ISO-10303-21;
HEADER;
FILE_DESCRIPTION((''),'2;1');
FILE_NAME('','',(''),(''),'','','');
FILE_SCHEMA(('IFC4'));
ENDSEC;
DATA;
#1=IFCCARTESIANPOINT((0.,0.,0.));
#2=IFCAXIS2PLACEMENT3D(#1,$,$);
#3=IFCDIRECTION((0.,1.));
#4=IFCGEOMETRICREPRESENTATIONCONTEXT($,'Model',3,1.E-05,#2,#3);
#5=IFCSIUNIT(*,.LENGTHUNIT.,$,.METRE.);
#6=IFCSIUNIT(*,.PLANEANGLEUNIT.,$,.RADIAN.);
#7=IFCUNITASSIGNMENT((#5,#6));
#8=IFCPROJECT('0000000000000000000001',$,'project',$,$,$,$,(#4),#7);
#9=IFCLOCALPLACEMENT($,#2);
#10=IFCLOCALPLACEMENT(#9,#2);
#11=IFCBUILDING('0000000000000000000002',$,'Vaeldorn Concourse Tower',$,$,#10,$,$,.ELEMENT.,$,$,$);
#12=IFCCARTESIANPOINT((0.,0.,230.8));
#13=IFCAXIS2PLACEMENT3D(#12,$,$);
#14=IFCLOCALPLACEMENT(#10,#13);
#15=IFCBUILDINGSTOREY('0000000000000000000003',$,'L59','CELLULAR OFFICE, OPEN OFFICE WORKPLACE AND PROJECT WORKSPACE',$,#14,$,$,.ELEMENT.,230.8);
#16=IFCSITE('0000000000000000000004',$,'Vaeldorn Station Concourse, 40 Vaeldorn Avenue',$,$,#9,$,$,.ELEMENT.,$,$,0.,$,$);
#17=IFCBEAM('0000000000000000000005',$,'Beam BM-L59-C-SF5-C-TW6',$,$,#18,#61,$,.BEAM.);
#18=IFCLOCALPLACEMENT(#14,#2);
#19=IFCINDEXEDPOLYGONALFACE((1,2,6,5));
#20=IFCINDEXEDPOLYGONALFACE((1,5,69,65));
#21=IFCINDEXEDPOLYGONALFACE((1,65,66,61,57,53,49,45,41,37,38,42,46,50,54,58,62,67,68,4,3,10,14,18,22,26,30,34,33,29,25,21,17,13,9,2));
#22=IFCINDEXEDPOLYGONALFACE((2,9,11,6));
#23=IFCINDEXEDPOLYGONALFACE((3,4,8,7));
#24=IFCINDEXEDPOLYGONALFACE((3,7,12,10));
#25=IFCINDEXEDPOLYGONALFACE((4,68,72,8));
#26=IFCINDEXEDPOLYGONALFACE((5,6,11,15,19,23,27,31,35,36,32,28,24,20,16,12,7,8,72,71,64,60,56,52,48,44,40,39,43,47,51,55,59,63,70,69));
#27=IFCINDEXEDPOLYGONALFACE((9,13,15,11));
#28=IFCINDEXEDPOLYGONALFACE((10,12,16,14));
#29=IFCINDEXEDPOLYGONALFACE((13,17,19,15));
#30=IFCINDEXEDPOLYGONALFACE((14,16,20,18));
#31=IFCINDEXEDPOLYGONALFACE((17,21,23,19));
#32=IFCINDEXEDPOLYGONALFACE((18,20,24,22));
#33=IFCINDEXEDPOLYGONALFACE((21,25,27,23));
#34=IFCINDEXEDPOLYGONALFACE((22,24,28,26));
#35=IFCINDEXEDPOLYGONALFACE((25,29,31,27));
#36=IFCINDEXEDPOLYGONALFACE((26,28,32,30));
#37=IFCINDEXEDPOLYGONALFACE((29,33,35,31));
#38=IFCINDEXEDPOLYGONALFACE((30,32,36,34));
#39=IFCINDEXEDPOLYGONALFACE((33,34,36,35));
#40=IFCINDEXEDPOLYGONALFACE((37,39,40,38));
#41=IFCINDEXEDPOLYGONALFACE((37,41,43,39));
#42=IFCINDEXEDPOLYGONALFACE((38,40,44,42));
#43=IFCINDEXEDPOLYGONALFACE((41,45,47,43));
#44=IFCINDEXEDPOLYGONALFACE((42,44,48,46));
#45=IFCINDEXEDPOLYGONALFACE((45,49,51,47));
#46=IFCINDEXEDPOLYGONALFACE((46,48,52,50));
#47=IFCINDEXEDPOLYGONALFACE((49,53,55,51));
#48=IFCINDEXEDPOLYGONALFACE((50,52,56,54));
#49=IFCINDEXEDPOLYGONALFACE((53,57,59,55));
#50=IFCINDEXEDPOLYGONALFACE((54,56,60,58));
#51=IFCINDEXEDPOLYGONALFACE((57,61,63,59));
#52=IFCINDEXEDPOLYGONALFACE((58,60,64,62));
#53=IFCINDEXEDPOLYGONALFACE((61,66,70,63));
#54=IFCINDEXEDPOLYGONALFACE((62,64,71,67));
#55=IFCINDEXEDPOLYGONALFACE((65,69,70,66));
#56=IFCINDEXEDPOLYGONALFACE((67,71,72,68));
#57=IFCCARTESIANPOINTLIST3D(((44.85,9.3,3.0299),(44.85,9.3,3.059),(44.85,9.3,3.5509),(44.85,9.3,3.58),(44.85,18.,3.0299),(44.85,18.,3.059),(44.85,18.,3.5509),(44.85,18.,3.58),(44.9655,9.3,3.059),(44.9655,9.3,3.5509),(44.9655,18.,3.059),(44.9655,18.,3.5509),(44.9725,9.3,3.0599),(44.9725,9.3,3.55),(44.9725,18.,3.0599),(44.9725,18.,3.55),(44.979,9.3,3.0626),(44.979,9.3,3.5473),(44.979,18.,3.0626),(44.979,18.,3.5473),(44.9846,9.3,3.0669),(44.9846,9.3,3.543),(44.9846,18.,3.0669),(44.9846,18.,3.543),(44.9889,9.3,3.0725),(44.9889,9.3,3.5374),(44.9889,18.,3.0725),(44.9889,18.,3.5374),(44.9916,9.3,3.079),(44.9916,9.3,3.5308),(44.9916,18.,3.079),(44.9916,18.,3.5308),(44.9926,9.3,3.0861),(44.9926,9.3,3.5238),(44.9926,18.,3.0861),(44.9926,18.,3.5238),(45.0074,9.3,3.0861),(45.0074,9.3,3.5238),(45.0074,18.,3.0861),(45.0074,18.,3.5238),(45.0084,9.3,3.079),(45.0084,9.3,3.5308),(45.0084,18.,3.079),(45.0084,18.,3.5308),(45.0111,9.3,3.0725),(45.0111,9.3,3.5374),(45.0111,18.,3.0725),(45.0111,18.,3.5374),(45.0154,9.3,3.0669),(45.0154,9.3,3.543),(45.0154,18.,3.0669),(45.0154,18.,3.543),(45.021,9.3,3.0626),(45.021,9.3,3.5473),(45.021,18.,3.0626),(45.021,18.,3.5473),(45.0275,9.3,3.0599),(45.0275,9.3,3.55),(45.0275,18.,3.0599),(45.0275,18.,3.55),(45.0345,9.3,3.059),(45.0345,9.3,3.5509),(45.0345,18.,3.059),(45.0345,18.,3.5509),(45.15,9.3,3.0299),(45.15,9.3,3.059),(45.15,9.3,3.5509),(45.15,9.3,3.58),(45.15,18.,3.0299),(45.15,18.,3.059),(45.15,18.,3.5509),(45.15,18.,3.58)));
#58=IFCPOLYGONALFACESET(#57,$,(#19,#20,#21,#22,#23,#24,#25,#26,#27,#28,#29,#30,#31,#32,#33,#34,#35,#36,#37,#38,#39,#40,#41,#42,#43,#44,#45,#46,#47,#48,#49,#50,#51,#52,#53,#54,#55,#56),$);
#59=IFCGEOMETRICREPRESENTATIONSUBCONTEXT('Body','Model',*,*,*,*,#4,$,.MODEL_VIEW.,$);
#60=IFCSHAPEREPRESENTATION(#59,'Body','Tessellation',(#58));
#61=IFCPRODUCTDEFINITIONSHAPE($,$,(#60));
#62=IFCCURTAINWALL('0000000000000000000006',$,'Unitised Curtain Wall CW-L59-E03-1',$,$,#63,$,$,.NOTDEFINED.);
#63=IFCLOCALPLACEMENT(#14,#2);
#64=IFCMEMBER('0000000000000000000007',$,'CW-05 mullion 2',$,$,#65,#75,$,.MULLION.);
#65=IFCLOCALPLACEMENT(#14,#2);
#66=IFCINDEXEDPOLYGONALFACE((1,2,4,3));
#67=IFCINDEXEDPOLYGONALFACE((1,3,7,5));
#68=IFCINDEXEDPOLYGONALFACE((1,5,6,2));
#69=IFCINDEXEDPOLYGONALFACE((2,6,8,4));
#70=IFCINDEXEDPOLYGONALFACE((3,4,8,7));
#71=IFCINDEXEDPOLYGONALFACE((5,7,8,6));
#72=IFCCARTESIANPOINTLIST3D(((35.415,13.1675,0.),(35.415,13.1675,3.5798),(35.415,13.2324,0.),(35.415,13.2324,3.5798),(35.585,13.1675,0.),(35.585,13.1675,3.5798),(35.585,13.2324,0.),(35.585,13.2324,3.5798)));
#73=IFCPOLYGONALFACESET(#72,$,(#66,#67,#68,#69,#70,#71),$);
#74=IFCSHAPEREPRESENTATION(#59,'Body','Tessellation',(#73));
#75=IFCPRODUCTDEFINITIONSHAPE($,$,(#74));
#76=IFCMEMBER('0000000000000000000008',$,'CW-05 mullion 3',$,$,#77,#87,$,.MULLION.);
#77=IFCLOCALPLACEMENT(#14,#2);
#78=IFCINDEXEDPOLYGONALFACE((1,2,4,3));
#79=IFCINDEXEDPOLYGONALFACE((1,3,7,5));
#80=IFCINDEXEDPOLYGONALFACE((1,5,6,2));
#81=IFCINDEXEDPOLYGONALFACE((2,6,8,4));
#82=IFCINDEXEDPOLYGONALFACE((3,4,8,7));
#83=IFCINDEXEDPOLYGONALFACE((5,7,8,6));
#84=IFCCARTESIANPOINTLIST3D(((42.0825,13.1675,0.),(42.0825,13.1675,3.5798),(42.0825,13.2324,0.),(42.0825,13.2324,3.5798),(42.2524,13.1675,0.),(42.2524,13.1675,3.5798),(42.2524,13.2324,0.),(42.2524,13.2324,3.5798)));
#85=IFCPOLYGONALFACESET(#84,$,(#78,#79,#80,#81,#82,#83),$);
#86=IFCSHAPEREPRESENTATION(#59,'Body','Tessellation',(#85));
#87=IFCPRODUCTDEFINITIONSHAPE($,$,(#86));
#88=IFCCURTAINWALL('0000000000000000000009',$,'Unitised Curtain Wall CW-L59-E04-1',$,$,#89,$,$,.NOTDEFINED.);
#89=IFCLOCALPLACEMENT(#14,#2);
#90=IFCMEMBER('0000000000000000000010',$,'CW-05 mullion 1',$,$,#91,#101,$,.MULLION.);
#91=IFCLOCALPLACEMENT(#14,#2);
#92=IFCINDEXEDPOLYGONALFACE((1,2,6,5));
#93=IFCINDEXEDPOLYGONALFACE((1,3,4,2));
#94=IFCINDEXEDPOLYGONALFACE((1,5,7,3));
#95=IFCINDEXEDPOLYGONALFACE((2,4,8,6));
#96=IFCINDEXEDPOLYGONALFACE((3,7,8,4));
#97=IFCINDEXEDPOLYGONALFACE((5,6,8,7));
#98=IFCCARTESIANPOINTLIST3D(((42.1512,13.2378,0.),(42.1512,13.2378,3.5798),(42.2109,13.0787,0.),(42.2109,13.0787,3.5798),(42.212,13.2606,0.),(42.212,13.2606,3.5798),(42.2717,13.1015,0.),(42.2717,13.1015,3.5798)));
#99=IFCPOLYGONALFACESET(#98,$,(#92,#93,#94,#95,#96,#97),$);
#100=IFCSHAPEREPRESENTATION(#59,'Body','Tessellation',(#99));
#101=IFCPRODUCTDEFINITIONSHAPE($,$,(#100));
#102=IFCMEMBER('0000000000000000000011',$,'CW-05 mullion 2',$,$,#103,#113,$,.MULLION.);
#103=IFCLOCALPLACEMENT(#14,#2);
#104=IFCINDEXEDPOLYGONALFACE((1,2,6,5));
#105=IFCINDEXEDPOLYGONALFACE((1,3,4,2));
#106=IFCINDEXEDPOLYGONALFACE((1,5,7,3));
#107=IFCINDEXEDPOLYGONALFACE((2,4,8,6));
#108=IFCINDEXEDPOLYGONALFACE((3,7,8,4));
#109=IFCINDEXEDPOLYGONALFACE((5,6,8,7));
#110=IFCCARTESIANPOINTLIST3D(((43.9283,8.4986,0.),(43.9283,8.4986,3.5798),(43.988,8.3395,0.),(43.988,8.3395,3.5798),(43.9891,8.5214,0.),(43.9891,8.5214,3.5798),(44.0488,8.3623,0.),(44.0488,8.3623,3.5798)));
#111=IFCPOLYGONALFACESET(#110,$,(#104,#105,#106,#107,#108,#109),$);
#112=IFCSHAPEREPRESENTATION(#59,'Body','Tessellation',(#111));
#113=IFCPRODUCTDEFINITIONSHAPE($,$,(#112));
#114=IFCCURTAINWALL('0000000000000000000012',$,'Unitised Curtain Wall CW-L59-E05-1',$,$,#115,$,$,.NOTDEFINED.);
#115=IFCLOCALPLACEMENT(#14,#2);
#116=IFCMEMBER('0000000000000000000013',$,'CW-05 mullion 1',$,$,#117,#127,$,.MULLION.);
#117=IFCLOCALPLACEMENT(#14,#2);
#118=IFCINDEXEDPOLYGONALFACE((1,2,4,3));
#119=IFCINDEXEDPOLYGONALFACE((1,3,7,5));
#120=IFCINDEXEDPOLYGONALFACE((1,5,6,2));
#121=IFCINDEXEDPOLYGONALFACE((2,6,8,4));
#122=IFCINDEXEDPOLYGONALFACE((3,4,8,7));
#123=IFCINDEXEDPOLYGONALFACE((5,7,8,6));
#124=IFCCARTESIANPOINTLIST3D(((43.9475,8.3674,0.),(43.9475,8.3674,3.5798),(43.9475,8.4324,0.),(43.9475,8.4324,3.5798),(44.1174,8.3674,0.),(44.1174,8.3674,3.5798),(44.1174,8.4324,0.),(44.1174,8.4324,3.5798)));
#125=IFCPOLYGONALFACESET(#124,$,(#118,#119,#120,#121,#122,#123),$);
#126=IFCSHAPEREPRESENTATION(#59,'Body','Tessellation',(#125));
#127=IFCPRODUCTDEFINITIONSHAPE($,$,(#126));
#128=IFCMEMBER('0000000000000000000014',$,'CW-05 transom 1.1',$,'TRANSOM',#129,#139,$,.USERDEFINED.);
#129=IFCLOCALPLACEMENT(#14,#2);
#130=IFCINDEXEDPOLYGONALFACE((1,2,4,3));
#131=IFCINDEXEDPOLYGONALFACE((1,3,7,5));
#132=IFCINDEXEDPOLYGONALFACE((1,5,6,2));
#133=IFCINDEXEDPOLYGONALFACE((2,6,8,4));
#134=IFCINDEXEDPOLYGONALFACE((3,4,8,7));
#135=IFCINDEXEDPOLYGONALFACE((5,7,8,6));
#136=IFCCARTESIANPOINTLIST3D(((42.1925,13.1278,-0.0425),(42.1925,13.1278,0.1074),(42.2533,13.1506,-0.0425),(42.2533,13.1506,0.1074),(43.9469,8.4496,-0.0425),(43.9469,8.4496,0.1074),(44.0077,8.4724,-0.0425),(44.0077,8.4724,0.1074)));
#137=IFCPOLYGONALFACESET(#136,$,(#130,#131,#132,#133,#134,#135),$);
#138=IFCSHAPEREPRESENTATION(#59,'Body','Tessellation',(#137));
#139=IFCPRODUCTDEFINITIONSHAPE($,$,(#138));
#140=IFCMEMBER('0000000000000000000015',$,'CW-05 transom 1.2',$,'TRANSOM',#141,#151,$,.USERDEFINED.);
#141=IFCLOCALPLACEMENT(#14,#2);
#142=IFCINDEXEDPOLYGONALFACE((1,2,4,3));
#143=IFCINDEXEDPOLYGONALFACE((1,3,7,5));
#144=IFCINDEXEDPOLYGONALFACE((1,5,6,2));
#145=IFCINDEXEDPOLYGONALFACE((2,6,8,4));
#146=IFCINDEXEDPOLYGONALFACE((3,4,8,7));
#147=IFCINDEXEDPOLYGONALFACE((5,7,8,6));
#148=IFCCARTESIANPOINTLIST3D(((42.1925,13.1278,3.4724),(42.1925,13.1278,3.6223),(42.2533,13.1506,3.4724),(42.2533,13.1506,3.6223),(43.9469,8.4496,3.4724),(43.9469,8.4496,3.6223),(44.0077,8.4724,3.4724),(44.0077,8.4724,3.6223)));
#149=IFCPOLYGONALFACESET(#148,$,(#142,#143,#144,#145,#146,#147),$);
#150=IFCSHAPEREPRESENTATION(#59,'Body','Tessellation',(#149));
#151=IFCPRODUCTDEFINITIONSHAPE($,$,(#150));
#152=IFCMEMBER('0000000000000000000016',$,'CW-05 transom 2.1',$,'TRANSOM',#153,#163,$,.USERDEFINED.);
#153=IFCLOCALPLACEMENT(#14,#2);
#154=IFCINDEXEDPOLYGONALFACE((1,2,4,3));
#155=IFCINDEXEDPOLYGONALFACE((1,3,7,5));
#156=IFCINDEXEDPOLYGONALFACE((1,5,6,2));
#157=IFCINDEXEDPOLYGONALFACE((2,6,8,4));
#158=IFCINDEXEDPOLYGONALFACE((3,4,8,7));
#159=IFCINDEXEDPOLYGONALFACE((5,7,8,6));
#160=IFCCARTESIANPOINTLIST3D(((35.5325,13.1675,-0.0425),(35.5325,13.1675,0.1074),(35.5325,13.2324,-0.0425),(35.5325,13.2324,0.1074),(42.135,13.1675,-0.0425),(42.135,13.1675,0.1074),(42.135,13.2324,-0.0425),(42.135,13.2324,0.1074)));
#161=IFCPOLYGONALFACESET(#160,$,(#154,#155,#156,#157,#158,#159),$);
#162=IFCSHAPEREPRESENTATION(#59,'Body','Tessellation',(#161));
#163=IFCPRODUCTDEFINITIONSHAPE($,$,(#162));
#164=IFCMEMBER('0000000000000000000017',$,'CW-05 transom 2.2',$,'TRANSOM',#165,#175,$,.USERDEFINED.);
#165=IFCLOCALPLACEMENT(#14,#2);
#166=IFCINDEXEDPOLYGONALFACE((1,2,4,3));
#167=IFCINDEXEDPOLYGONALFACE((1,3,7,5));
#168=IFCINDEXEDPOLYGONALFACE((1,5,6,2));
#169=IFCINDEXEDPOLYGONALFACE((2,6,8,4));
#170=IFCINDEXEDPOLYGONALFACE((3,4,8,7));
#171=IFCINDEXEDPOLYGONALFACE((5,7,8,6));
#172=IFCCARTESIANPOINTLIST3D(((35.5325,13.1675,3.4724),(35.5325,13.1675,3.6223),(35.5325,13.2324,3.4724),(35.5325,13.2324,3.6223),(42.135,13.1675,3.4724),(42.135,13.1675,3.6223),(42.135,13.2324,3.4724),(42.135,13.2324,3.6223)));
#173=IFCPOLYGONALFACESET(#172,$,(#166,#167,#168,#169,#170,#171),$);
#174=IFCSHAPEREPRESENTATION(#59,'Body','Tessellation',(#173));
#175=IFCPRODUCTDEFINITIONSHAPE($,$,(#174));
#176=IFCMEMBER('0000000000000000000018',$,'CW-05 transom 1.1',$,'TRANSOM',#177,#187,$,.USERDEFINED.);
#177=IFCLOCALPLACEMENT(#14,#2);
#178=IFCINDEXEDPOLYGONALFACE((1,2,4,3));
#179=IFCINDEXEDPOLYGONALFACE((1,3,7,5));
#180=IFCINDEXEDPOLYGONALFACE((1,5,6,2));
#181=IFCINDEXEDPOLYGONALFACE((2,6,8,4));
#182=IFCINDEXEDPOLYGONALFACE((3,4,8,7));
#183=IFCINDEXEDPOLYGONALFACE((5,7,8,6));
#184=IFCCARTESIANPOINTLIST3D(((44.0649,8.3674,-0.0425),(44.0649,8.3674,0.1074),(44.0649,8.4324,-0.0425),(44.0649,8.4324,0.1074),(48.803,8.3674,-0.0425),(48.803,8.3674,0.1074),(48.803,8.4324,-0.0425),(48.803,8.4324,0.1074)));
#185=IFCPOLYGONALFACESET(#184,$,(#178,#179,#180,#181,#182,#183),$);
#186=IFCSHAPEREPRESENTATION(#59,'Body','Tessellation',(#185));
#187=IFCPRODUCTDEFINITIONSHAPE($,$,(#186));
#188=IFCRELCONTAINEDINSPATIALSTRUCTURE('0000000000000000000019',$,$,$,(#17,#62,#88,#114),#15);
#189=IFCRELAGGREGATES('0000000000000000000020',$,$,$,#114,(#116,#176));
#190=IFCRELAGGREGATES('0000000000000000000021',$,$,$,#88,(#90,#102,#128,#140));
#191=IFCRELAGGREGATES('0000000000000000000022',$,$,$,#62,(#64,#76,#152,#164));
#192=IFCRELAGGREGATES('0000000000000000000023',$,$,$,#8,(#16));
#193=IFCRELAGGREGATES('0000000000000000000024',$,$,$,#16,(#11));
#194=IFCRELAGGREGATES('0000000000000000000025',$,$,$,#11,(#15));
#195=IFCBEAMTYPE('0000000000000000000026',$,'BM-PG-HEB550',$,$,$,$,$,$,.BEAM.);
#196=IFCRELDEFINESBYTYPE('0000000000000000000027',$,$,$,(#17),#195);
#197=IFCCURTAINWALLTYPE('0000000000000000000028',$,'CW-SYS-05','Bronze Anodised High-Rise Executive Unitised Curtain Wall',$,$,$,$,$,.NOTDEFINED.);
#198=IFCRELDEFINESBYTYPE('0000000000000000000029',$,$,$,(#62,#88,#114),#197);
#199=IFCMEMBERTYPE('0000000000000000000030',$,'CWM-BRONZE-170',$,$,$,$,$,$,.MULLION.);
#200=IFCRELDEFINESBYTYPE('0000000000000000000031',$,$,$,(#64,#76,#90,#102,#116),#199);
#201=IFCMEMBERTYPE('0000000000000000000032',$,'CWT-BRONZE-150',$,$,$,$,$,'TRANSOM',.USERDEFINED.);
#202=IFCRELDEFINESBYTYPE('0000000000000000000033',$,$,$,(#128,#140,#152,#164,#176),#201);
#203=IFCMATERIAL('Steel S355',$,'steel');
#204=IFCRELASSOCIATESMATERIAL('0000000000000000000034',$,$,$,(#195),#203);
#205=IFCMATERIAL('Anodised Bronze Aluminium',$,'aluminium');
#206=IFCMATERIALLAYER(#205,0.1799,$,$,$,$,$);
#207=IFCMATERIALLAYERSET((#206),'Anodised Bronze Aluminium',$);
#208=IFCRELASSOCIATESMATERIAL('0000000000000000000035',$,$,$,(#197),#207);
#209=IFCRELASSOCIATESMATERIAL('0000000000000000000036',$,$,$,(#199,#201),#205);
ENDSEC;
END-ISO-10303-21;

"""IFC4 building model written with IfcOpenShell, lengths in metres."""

from ifc_helpers import new_model, si_unit, direction, frame, origin, origin_2d, place, context, subcontext, project, spatial, rectangle, i_section, extrude, source, transform, mapped, material, layer, layer_set, material_profile, profile_set, type_object, element, aggregate, save


model = new_model("IFC4")

# Units and contexts
model_context = context("Model", 3, precision=1e-05, world=origin(), true_north=direction((0.0, 1.0)))
body_context = subcontext(model_context, "Body", "Model", "MODEL_VIEW")
ifc_project = project(units=[si_unit("LENGTHUNIT", "METRE"), si_unit("PLANEANGLEUNIT", "RADIAN")], contexts=[model_context])

# Site, building, storey
site_placement = place(None, origin())
site = spatial("IfcSite", under=ifc_project, at=site_placement, Name="Vaeldorn Station Concourse, 40 Vaeldorn Avenue", CompositionType="ELEMENT", RefElevation=0.0)
building_placement = place(site_placement, origin())
building = spatial("IfcBuilding", under=site, at=building_placement, Name="Vaeldorn Concourse Tower", CompositionType="ELEMENT")
storey_placement = place(building_placement, frame((0.0, 0.0, 230.8)))
storey = spatial("IfcBuildingStorey", under=building, at=storey_placement, Name="L59", Description="CELLULAR OFFICE, OPEN OFFICE WORKPLACE AND PROJECT WORKSPACE", CompositionType="ELEMENT", Elevation=230.8)

# Shared definitions
ifc_material_1 = material(Name="Steel S355", Category="steel")

# Beam
ifc_material_profile_1 = material_profile(ifc_material_1, i_section(OverallWidth=0.3, OverallDepth=0.55, WebThickness=0.0149, FlangeThickness=0.0291, FilletRadius=0.0271, at=origin_2d()), Name="HEB 550")
ifc_profile_set_1 = profile_set([ifc_material_profile_1], Name="Steel S355")
beam_type_1 = type_object("IfcBeamType", Name="BM-PG-HEB550", PredefinedType="BEAM", material=ifc_profile_set_1)
shared_shape_1 = source(origin(), body_context, "Body", "SweptSolid", [
    extrude(i_section(OverallWidth=0.3, OverallDepth=0.55, WebThickness=0.0149, FlangeThickness=0.0291, FilletRadius=0.0271, at=origin_2d()), origin(), (0.0, 0.0, 1.0), 8.7),
])
beam_1_placement = place(storey_placement, frame((45.0, 9.3, 3.3049), z_axis=(0.0, 1.0, 0.0), x_axis=(-1.0, 0.0, 0.0)))
element("IfcBeam", 1, at=beam_1_placement, inside=storey, type_object=beam_type_1, Name="Beam BM-L59-C-SF5-C-TW6", PredefinedType="BEAM", context=body_context, shape_type="MappedRepresentation", body=[
    mapped(shared_shape_1, transform((0.0, 0.0, 0.0), scale=1.0)),
])

# Curtain walls, members
ifc_material_2 = material(Name="Anodised Bronze Aluminium", Category="aluminium")
ifc_layer_1 = layer(ifc_material_2, 0.1799)
ifc_layer_set_1 = layer_set([ifc_layer_1], Name="Anodised Bronze Aluminium")
curtain_wall_type = type_object("IfcCurtainWallType", Name="CW-SYS-05", Description="Bronze Anodised High-Rise Executive Unitised Curtain Wall", PredefinedType="NOTDEFINED", material=ifc_layer_set_1)
curtain_wall_1_placement = place(storey_placement, origin())
curtain_wall_1 = element("IfcCurtainWall", 2, at=curtain_wall_1_placement, inside=storey, type_object=curtain_wall_type, Name="Unitised Curtain Wall CW-L59-E03-1", PredefinedType="NOTDEFINED")
ifc_material_profile_2 = material_profile(ifc_material_2, rectangle(XDim=0.0649, YDim=0.1699, at=origin_2d()), Name="CWM 65x170")
ifc_profile_set_2 = profile_set([ifc_material_profile_2], Name="Anodised Bronze Aluminium")
member_type_1 = type_object("IfcMemberType", Name="CWM-BRONZE-170", PredefinedType="MULLION", material=ifc_profile_set_2)
shared_shape_2 = source(origin(), body_context, "Body", "SweptSolid", [
    extrude(rectangle(XDim=0.0649, YDim=0.1699, at=origin_2d()), origin(), (0.0, 0.0, 1.0), 3.5798),
])
member_1_placement = place(storey_placement, frame((35.5, 13.2, 0.0), z_axis=(0.0, 0.0, 1.0), x_axis=(0.0, 1.0, 0.0)))
member_1 = element("IfcMember", 3, at=member_1_placement, type_object=member_type_1, Name="CW-05 mullion 2", PredefinedType="MULLION", context=body_context, shape_type="MappedRepresentation", body=[
    mapped(shared_shape_2, transform((0.0, 0.0, 0.0), scale=1.0)),
])
member_2_placement = place(storey_placement, frame((42.1675, 13.2, 0.0), z_axis=(0.0, 0.0, 1.0), x_axis=(0.0, 1.0, 0.0)))
member_2 = element("IfcMember", 4, at=member_2_placement, type_object=member_type_1, Name="CW-05 mullion 3", PredefinedType="MULLION", context=body_context, shape_type="MappedRepresentation", body=[
    mapped(shared_shape_2, transform((0.0, 0.0, 0.0), scale=1.0)),
])
curtain_wall_2_placement = place(storey_placement, origin())
curtain_wall_2 = element("IfcCurtainWall", 5, at=curtain_wall_2_placement, inside=storey, type_object=curtain_wall_type, Name="Unitised Curtain Wall CW-L59-E04-1", PredefinedType="NOTDEFINED")
member_3_placement = place(storey_placement, frame((42.2114, 13.1697, 0.0), z_axis=(0.0, 0.0, 1.0), x_axis=(0.936329, 0.351123, 0.0)))
member_3 = element("IfcMember", 6, at=member_3_placement, type_object=member_type_1, Name="CW-05 mullion 1", PredefinedType="MULLION", context=body_context, shape_type="MappedRepresentation", body=[
    mapped(shared_shape_2, transform((0.0, 0.0, 0.0), scale=1.0)),
])
member_4_placement = place(storey_placement, frame((43.9885, 8.4304, 0.0), z_axis=(0.0, 0.0, 1.0), x_axis=(0.936329, 0.351123, 0.0)))
member_4 = element("IfcMember", 7, at=member_4_placement, type_object=member_type_1, Name="CW-05 mullion 2", PredefinedType="MULLION", context=body_context, shape_type="MappedRepresentation", body=[
    mapped(shared_shape_2, transform((0.0, 0.0, 0.0), scale=1.0)),
])

# Curtain wall, member
curtain_wall_3_placement = place(storey_placement, origin())
curtain_wall_3 = element("IfcCurtainWall", 8, at=curtain_wall_3_placement, inside=storey, type_object=curtain_wall_type, Name="Unitised Curtain Wall CW-L59-E05-1", PredefinedType="NOTDEFINED")
member_5_placement = place(storey_placement, frame((44.0325, 8.3999, 0.0), z_axis=(0.0, 0.0, 1.0), x_axis=(0.0, 1.0, 0.0)))
member_5 = element("IfcMember", 9, at=member_5_placement, type_object=member_type_1, Name="CW-05 mullion 1", PredefinedType="MULLION", context=body_context, shape_type="MappedRepresentation", body=[
    mapped(shared_shape_2, transform((0.0, 0.0, 0.0), scale=1.0)),
])

# Members
ifc_material_profile_3 = material_profile(ifc_material_2, rectangle(XDim=0.0649, YDim=0.1499, at=origin_2d()), Name="CWT 65x150")
ifc_profile_set_3 = profile_set([ifc_material_profile_3], Name="Anodised Bronze Aluminium")
member_type_2 = type_object("IfcMemberType", Name="CWT-BRONZE-150", ElementType="TRANSOM", PredefinedType="USERDEFINED", material=ifc_profile_set_3)
shared_shape_3 = source(origin(), body_context, "Body", "SweptSolid", [
    extrude(rectangle(XDim=0.0649, YDim=0.1499, at=origin_2d()), origin(), (0.0, 0.0, 1.0), 4.9963),
])
member_6_placement = place(storey_placement, frame((42.2229, 13.1392, 0.0325), z_axis=(0.351134, -0.936325, 0.0), x_axis=(0.936325, 0.351134, 0.0)))
member_6 = element("IfcMember", 10, at=member_6_placement, type_object=member_type_2, Name="CW-05 transom 1.1", ObjectType="TRANSOM", PredefinedType="USERDEFINED", context=body_context, shape_type="MappedRepresentation", body=[
    mapped(shared_shape_3, transform((0.0, 0.0, 0.0), scale=1.0)),
])
member_7_placement = place(storey_placement, frame((42.2229, 13.1392, 3.5474), z_axis=(0.351134, -0.936325, 0.0), x_axis=(0.936325, 0.351134, 0.0)))
member_7 = element("IfcMember", 11, at=member_7_placement, type_object=member_type_2, Name="CW-05 transom 1.2", ObjectType="TRANSOM", PredefinedType="USERDEFINED", context=body_context, shape_type="MappedRepresentation", body=[
    mapped(shared_shape_3, transform((0.0, 0.0, 0.0), scale=1.0)),
])
shared_shape_4 = source(origin(), body_context, "Body", "SweptSolid", [
    extrude(rectangle(XDim=0.0649, YDim=0.1499, at=origin_2d()), origin(), (0.0, 0.0, 1.0), 6.6025),
])
member_8_placement = place(storey_placement, frame((35.5325, 13.2, 0.0325), z_axis=(1.0, 0.0, 0.0), x_axis=(0.0, 1.0, 0.0)))
member_8 = element("IfcMember", 12, at=member_8_placement, type_object=member_type_2, Name="CW-05 transom 2.1", ObjectType="TRANSOM", PredefinedType="USERDEFINED", context=body_context, shape_type="MappedRepresentation", body=[
    mapped(shared_shape_4, transform((0.0, 0.0, 0.0), scale=1.0)),
])
member_9_placement = place(storey_placement, frame((35.5325, 13.2, 3.5474), z_axis=(1.0, 0.0, 0.0), x_axis=(0.0, 1.0, 0.0)))
member_9 = element("IfcMember", 13, at=member_9_placement, type_object=member_type_2, Name="CW-05 transom 2.2", ObjectType="TRANSOM", PredefinedType="USERDEFINED", context=body_context, shape_type="MappedRepresentation", body=[
    mapped(shared_shape_4, transform((0.0, 0.0, 0.0), scale=1.0)),
])
shared_shape_5 = source(origin(), body_context, "Body", "SweptSolid", [
    extrude(rectangle(XDim=0.0649, YDim=0.1499, at=origin_2d()), origin(), (0.0, 0.0, 1.0), 4.738),
])
member_10_placement = place(storey_placement, frame((44.0649, 8.3999, 0.0325), z_axis=(1.0, 0.0, 0.0), x_axis=(0.0, 1.0, 0.0)))
member_10 = element("IfcMember", 14, at=member_10_placement, type_object=member_type_2, Name="CW-05 transom 1.1", ObjectType="TRANSOM", PredefinedType="USERDEFINED", context=body_context, shape_type="MappedRepresentation", body=[
    mapped(shared_shape_5, transform((0.0, 0.0, 0.0), scale=1.0)),
])
aggregate(curtain_wall_3, [member_5, member_10])

aggregate(curtain_wall_2, [member_3, member_4, member_6, member_7])
aggregate(curtain_wall_1, [member_1, member_2, member_8, member_9])

save(model, "model.ifc")
